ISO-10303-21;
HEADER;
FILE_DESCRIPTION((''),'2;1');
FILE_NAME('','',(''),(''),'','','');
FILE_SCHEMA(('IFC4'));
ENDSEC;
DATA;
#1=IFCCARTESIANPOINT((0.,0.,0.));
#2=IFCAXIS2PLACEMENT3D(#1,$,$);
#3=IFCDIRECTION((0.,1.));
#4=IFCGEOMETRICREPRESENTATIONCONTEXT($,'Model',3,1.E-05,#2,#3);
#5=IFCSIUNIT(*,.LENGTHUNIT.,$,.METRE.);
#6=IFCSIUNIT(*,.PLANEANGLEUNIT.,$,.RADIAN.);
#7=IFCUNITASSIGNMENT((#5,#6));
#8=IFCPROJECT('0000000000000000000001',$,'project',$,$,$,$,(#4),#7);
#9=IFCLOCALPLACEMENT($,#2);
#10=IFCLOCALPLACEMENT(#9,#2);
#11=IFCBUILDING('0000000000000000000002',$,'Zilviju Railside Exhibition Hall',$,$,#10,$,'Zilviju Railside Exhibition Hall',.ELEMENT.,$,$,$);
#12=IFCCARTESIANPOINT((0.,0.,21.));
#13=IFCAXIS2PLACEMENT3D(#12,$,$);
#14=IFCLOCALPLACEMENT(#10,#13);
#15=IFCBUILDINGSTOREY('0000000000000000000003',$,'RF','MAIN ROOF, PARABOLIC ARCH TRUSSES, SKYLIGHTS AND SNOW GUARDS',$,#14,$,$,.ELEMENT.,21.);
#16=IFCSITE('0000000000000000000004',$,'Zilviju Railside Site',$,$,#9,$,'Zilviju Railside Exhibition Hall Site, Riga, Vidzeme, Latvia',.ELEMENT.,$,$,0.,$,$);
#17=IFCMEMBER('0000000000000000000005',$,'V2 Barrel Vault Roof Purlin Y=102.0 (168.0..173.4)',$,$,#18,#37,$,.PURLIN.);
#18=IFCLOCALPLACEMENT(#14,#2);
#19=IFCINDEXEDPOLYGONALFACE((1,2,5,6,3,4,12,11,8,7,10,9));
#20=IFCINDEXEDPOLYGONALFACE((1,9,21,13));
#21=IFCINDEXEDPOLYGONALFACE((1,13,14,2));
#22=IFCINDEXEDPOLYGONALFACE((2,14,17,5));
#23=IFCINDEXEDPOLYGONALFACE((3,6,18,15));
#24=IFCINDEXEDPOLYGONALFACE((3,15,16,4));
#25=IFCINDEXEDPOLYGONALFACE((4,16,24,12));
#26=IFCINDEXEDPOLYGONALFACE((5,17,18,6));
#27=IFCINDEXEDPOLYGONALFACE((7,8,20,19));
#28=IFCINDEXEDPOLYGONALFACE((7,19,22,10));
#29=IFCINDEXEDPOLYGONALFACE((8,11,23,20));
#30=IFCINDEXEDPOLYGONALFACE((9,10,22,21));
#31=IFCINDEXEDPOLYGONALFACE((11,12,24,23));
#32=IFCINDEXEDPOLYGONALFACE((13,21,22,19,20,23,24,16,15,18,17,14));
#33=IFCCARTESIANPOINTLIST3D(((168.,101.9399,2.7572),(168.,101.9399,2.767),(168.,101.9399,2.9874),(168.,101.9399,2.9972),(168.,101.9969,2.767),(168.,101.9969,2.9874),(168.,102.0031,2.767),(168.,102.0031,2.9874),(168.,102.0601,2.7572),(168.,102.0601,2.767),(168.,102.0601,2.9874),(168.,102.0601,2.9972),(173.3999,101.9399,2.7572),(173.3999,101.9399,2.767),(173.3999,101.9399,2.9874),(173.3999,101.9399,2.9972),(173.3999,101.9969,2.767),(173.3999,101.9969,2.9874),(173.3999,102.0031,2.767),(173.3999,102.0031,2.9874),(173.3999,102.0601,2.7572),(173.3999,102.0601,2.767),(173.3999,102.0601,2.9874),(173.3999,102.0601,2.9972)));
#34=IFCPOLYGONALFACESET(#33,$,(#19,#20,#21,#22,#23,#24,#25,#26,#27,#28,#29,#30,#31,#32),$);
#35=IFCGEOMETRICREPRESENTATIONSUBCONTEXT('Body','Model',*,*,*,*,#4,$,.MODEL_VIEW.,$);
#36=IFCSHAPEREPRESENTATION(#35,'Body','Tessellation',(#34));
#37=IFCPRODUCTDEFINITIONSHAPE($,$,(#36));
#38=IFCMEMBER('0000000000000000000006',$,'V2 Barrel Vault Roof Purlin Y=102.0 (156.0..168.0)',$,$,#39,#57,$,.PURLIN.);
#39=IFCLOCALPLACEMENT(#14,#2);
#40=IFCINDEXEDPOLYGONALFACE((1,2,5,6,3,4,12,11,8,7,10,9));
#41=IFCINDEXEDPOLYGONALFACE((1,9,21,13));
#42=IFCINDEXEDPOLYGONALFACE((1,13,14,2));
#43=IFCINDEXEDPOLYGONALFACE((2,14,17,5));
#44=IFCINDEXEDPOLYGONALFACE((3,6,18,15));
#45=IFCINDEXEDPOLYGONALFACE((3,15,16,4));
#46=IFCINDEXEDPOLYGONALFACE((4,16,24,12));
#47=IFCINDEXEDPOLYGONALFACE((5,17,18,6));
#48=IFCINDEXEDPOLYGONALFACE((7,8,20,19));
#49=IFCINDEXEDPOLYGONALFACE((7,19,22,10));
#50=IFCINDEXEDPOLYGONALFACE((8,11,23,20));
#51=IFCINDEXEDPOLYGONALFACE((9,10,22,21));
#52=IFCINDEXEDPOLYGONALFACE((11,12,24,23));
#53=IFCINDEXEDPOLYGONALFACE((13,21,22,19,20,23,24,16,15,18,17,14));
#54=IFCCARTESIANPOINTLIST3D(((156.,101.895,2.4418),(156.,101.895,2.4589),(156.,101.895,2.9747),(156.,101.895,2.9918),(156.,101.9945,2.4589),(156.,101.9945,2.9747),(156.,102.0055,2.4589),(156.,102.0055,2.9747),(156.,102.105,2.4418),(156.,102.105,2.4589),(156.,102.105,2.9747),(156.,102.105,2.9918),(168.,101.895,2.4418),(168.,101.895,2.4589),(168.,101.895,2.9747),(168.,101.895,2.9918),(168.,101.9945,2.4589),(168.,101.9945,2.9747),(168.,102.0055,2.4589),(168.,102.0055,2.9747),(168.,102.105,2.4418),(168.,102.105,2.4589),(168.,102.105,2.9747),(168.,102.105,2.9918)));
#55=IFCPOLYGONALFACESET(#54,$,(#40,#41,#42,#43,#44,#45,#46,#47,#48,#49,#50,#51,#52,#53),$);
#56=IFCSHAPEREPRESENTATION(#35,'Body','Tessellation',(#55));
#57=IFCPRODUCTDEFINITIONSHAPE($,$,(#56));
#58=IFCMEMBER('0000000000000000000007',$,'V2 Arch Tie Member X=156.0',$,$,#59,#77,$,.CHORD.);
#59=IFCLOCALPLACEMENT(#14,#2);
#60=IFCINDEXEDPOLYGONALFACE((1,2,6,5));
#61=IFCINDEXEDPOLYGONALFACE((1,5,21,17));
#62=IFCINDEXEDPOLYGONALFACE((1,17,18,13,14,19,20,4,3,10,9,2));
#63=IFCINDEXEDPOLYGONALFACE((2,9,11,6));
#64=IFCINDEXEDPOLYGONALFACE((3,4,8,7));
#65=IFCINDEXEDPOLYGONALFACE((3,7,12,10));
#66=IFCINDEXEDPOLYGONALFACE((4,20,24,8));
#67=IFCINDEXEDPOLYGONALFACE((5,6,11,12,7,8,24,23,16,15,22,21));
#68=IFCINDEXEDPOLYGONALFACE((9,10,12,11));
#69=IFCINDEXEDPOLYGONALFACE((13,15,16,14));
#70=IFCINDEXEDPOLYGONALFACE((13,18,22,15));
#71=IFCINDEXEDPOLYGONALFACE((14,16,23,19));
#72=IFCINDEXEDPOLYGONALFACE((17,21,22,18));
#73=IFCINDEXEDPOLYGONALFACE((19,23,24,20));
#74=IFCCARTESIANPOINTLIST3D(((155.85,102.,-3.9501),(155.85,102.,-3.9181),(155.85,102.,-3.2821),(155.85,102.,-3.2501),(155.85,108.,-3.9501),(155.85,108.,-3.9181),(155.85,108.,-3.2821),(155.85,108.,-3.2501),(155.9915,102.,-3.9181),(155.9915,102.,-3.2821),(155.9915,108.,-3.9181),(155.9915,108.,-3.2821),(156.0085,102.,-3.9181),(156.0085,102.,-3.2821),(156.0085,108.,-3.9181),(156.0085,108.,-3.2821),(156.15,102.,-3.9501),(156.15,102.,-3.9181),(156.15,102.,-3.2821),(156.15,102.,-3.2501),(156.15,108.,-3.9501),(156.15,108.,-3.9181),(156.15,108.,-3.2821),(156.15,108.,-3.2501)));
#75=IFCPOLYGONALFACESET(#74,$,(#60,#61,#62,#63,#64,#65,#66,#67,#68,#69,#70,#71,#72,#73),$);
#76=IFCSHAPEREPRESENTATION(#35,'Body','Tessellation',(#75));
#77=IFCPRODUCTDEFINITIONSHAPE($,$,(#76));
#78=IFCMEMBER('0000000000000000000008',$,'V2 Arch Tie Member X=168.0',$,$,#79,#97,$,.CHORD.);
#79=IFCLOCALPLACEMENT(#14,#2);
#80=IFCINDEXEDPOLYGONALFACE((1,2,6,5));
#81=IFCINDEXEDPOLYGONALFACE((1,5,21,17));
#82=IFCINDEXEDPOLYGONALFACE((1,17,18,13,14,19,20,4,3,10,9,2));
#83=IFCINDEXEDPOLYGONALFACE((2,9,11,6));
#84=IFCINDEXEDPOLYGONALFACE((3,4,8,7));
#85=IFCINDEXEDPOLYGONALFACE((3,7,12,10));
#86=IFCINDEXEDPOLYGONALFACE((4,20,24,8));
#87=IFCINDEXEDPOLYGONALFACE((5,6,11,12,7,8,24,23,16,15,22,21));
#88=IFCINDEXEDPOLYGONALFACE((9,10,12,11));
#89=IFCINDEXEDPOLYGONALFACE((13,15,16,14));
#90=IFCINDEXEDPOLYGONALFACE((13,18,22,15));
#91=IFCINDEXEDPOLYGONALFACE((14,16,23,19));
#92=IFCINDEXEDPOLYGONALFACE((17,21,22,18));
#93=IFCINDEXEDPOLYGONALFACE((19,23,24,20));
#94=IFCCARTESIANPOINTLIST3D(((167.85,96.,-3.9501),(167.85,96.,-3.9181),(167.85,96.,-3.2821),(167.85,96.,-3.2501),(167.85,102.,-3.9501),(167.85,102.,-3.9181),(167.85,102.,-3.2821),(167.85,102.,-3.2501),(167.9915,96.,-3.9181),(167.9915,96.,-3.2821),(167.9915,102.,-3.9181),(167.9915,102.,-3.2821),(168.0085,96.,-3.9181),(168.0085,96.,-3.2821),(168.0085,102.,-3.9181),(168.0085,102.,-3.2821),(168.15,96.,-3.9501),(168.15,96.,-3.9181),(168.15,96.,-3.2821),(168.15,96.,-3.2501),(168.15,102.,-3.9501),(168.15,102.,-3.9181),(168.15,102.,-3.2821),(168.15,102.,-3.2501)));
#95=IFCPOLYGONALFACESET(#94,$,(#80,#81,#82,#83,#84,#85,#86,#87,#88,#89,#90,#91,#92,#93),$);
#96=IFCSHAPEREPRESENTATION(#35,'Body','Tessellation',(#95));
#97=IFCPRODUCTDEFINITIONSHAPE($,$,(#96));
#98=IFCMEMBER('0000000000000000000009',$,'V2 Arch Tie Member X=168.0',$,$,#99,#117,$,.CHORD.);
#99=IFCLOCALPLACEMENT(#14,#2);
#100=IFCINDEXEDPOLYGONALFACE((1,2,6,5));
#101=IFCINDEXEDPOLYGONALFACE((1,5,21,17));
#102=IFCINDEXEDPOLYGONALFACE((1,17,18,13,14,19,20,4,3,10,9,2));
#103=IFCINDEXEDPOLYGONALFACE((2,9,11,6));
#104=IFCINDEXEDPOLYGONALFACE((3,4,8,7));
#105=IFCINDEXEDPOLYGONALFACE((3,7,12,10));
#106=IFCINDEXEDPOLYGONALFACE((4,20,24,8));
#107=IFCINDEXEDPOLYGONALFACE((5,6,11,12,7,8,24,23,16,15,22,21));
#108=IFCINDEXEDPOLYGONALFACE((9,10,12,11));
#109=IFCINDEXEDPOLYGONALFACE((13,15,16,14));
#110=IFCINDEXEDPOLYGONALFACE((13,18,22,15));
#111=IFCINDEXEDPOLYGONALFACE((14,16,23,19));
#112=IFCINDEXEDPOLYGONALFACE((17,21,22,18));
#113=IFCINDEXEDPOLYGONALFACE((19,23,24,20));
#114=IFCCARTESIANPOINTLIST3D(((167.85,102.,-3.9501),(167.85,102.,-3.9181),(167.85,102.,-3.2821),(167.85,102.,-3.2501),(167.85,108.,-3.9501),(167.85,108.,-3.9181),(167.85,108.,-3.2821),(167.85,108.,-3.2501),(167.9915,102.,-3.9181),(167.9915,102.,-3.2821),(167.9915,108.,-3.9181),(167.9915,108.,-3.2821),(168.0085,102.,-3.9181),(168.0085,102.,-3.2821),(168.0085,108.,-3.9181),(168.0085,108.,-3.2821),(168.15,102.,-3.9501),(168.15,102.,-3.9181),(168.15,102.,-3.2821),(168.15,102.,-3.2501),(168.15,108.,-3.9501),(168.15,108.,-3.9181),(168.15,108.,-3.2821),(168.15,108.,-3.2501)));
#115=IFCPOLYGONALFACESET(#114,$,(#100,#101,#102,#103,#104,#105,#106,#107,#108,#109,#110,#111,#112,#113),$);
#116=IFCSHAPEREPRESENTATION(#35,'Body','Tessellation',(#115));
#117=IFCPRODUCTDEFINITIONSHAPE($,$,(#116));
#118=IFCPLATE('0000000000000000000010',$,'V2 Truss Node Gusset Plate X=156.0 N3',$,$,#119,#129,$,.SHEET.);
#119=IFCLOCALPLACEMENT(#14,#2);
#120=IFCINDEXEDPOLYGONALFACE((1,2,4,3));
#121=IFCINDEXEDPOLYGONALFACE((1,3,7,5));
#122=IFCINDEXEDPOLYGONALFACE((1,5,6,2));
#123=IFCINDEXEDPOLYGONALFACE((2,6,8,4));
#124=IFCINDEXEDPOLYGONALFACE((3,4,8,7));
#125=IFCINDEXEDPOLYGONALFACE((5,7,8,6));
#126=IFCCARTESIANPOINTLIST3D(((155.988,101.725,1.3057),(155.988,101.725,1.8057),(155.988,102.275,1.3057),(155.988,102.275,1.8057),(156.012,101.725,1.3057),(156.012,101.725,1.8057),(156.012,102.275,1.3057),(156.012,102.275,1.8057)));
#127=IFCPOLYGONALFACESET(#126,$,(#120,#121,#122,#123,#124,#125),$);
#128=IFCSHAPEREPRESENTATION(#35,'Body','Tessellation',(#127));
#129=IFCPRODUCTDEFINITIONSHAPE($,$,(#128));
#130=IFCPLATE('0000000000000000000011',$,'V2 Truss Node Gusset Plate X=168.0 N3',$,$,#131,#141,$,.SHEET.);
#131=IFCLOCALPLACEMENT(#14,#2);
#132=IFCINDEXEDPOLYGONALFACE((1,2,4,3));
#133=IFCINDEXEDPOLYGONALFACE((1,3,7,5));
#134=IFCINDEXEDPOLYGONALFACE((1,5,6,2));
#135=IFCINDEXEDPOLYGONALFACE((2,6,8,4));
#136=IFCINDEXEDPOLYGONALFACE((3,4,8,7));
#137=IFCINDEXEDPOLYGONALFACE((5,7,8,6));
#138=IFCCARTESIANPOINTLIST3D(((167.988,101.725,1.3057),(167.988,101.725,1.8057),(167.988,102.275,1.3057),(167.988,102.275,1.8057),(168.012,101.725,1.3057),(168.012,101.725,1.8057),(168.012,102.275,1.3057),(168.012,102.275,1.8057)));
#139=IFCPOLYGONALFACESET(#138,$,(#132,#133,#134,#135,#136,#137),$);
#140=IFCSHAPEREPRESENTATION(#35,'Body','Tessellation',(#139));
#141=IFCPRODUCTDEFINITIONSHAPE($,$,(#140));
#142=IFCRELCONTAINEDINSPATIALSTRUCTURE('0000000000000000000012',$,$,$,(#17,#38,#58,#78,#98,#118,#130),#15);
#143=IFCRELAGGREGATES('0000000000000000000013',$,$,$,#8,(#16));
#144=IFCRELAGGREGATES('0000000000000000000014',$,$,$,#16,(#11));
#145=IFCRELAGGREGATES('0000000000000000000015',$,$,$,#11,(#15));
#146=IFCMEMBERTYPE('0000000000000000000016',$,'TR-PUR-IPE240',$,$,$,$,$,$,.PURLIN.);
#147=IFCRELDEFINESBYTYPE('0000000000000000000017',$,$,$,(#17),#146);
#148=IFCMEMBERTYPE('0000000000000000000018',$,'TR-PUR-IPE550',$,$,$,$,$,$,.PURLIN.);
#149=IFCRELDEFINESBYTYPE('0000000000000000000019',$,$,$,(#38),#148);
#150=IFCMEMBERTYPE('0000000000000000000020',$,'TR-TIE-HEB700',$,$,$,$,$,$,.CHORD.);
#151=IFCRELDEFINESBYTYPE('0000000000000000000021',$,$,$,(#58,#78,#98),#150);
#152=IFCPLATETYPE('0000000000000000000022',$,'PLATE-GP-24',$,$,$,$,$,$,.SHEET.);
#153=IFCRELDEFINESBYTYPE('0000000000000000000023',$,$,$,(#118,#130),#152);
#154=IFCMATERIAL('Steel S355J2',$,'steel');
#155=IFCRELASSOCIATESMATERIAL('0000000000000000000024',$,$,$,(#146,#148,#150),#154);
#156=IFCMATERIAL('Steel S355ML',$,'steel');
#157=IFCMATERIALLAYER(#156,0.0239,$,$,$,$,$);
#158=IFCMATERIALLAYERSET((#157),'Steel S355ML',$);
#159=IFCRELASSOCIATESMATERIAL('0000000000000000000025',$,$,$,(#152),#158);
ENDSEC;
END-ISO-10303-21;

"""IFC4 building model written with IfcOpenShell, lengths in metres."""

from ifc_helpers import new_model, si_unit, direction, frame, origin, origin_2d, place, context, subcontext, project, spatial, rectangle, i_section, extrude, material, layer, layer_set, material_profile, profile_set, type_object, element, save


model = new_model("IFC4")

# Units and contexts
model_context = context("Model", 3, precision=1e-05, world=origin(), true_north=direction((0.0, 1.0)))
body_context = subcontext(model_context, "Body", "Model", "MODEL_VIEW")
ifc_project = project(units=[si_unit("LENGTHUNIT", "METRE"), si_unit("PLANEANGLEUNIT", "RADIAN")], contexts=[model_context])

# Site, building, storey
site_placement = place(None, origin())
site = spatial("IfcSite", under=ifc_project, at=site_placement, Name="Zilviju Railside Site", LongName="Zilviju Railside Exhibition Hall Site, Riga, Vidzeme, Latvia", CompositionType="ELEMENT", RefElevation=0.0)
building_placement = place(site_placement, origin())
building = spatial("IfcBuilding", under=site, at=building_placement, Name="Zilviju Railside Exhibition Hall", LongName="Zilviju Railside Exhibition Hall", CompositionType="ELEMENT")
storey_placement = place(building_placement, frame((0.0, 0.0, 21.0)))
storey = spatial("IfcBuildingStorey", under=building, at=storey_placement, Name="RF", Description="MAIN ROOF, PARABOLIC ARCH TRUSSES, SKYLIGHTS AND SNOW GUARDS", CompositionType="ELEMENT", Elevation=21.0)

# Members
ifc_material_1 = material(Name="Steel S355J2", Category="steel")
ifc_material_profile_1 = material_profile(ifc_material_1, i_section(OverallWidth=0.1201, OverallDepth=0.24, WebThickness=0.0061, FlangeThickness=0.0098, at=origin_2d()), Name="IPE 240")
ifc_profile_set_1 = profile_set([ifc_material_profile_1], Name="Steel S355J2")
member_type_1 = type_object("IfcMemberType", Name="TR-PUR-IPE240", PredefinedType="PURLIN", material=ifc_profile_set_1)
for number, where, z_axis, x_axis, name in (
    (1, (168.0, 102.0, 2.8772), (1.0, 0.0, 0.0), (0.0, 1.0, 0.0), "V2 Barrel Vault Roof Purlin Y=102.0 (168.0..173.4)"),
):
    element("IfcMember", number, at=place(storey_placement, frame(where, z_axis=z_axis, x_axis=x_axis)), inside=storey, type_object=member_type_1, Name=name, PredefinedType="PURLIN", context=body_context, shape_type="SweptSolid", body=[
        extrude(i_section(OverallWidth=0.1201, OverallDepth=0.24, WebThickness=0.0061, FlangeThickness=0.0098, at=origin_2d()), origin(), (0.0, 0.0, 1.0), 5.3999),
    ])
ifc_material_profile_2 = material_profile(ifc_material_1, i_section(OverallWidth=0.21, OverallDepth=0.55, WebThickness=0.011, FlangeThickness=0.0171, at=origin_2d()), Name="IPE 550")
ifc_profile_set_2 = profile_set([ifc_material_profile_2], Name="Steel S355J2")
member_type_2 = type_object("IfcMemberType", Name="TR-PUR-IPE550", PredefinedType="PURLIN", material=ifc_profile_set_2)
member_1_placement = place(storey_placement, frame((156.0, 102.0, 2.7168), z_axis=(1.0, 0.0, 0.0), x_axis=(0.0, 1.0, 0.0)))
element("IfcMember", 2, at=member_1_placement, inside=storey, type_object=member_type_2, Name="V2 Barrel Vault Roof Purlin Y=102.0 (156.0..168.0)", PredefinedType="PURLIN", context=body_context, shape_type="SweptSolid", body=[
    extrude(i_section(OverallWidth=0.21, OverallDepth=0.55, WebThickness=0.011, FlangeThickness=0.0171, at=origin_2d()), origin(), (0.0, 0.0, 1.0), 12.0),
])
ifc_material_profile_3 = material_profile(ifc_material_1, i_section(OverallWidth=0.3, OverallDepth=0.7, WebThickness=0.0171, FlangeThickness=0.032, at=origin_2d()), Name="HEB 700")
ifc_profile_set_3 = profile_set([ifc_material_profile_3], Name="Steel S355J2")
member_type_3 = type_object("IfcMemberType", Name="TR-TIE-HEB700", PredefinedType="CHORD", material=ifc_profile_set_3)
for number, where, z_axis, x_axis, name in (
    (3, (156.0, 102.0, -3.6001), (0.0, 1.0, 0.0), (-1.0, 0.0, 0.0), "V2 Arch Tie Member X=156.0"),
    (4, (168.0, 96.0, -3.6001), (0.0, 1.0, 0.0), (-1.0, 0.0, 0.0), "V2 Arch Tie Member X=168.0"),
    (5, (168.0, 102.0, -3.6001), (0.0, 1.0, 0.0), (-1.0, 0.0, 0.0), "V2 Arch Tie Member X=168.0"),
):
    element("IfcMember", number, at=place(storey_placement, frame(where, z_axis=z_axis, x_axis=x_axis)), inside=storey, type_object=member_type_3, Name=name, PredefinedType="CHORD", context=body_context, shape_type="SweptSolid", body=[
        extrude(i_section(OverallWidth=0.3, OverallDepth=0.7, WebThickness=0.0171, FlangeThickness=0.032, at=origin_2d()), origin(), (0.0, 0.0, 1.0), 6.0),
    ])

# Plates
ifc_material_2 = material(Name="Steel S355ML", Category="steel")
ifc_layer = layer(ifc_material_2, 0.0239)
ifc_layer_set = layer_set([ifc_layer], Name="Steel S355ML")
plate_type = type_object("IfcPlateType", Name="PLATE-GP-24", PredefinedType="SHEET", material=ifc_layer_set)
for number, where, z_axis, x_axis, name in (
    (6, (156.0, 102.0, 1.3057), (0.0, 0.0, 1.0), (1.0, 0.0, 0.0), "V2 Truss Node Gusset Plate X=156.0 N3"),
    (7, (168.0, 102.0, 1.3057), (0.0, 0.0, 1.0), (1.0, 0.0, 0.0), "V2 Truss Node Gusset Plate X=168.0 N3"),
):
    element("IfcPlate", number, at=place(storey_placement, frame(where, z_axis=z_axis, x_axis=x_axis)), inside=storey, type_object=plate_type, Name=name, PredefinedType="SHEET", context=body_context, shape_type="SweptSolid", body=[
        extrude(rectangle(XDim=0.0239, YDim=0.55, at=origin_2d()), origin(), (0.0, 0.0, 1.0), 0.5),
    ])

save(model, "model.ifc")
